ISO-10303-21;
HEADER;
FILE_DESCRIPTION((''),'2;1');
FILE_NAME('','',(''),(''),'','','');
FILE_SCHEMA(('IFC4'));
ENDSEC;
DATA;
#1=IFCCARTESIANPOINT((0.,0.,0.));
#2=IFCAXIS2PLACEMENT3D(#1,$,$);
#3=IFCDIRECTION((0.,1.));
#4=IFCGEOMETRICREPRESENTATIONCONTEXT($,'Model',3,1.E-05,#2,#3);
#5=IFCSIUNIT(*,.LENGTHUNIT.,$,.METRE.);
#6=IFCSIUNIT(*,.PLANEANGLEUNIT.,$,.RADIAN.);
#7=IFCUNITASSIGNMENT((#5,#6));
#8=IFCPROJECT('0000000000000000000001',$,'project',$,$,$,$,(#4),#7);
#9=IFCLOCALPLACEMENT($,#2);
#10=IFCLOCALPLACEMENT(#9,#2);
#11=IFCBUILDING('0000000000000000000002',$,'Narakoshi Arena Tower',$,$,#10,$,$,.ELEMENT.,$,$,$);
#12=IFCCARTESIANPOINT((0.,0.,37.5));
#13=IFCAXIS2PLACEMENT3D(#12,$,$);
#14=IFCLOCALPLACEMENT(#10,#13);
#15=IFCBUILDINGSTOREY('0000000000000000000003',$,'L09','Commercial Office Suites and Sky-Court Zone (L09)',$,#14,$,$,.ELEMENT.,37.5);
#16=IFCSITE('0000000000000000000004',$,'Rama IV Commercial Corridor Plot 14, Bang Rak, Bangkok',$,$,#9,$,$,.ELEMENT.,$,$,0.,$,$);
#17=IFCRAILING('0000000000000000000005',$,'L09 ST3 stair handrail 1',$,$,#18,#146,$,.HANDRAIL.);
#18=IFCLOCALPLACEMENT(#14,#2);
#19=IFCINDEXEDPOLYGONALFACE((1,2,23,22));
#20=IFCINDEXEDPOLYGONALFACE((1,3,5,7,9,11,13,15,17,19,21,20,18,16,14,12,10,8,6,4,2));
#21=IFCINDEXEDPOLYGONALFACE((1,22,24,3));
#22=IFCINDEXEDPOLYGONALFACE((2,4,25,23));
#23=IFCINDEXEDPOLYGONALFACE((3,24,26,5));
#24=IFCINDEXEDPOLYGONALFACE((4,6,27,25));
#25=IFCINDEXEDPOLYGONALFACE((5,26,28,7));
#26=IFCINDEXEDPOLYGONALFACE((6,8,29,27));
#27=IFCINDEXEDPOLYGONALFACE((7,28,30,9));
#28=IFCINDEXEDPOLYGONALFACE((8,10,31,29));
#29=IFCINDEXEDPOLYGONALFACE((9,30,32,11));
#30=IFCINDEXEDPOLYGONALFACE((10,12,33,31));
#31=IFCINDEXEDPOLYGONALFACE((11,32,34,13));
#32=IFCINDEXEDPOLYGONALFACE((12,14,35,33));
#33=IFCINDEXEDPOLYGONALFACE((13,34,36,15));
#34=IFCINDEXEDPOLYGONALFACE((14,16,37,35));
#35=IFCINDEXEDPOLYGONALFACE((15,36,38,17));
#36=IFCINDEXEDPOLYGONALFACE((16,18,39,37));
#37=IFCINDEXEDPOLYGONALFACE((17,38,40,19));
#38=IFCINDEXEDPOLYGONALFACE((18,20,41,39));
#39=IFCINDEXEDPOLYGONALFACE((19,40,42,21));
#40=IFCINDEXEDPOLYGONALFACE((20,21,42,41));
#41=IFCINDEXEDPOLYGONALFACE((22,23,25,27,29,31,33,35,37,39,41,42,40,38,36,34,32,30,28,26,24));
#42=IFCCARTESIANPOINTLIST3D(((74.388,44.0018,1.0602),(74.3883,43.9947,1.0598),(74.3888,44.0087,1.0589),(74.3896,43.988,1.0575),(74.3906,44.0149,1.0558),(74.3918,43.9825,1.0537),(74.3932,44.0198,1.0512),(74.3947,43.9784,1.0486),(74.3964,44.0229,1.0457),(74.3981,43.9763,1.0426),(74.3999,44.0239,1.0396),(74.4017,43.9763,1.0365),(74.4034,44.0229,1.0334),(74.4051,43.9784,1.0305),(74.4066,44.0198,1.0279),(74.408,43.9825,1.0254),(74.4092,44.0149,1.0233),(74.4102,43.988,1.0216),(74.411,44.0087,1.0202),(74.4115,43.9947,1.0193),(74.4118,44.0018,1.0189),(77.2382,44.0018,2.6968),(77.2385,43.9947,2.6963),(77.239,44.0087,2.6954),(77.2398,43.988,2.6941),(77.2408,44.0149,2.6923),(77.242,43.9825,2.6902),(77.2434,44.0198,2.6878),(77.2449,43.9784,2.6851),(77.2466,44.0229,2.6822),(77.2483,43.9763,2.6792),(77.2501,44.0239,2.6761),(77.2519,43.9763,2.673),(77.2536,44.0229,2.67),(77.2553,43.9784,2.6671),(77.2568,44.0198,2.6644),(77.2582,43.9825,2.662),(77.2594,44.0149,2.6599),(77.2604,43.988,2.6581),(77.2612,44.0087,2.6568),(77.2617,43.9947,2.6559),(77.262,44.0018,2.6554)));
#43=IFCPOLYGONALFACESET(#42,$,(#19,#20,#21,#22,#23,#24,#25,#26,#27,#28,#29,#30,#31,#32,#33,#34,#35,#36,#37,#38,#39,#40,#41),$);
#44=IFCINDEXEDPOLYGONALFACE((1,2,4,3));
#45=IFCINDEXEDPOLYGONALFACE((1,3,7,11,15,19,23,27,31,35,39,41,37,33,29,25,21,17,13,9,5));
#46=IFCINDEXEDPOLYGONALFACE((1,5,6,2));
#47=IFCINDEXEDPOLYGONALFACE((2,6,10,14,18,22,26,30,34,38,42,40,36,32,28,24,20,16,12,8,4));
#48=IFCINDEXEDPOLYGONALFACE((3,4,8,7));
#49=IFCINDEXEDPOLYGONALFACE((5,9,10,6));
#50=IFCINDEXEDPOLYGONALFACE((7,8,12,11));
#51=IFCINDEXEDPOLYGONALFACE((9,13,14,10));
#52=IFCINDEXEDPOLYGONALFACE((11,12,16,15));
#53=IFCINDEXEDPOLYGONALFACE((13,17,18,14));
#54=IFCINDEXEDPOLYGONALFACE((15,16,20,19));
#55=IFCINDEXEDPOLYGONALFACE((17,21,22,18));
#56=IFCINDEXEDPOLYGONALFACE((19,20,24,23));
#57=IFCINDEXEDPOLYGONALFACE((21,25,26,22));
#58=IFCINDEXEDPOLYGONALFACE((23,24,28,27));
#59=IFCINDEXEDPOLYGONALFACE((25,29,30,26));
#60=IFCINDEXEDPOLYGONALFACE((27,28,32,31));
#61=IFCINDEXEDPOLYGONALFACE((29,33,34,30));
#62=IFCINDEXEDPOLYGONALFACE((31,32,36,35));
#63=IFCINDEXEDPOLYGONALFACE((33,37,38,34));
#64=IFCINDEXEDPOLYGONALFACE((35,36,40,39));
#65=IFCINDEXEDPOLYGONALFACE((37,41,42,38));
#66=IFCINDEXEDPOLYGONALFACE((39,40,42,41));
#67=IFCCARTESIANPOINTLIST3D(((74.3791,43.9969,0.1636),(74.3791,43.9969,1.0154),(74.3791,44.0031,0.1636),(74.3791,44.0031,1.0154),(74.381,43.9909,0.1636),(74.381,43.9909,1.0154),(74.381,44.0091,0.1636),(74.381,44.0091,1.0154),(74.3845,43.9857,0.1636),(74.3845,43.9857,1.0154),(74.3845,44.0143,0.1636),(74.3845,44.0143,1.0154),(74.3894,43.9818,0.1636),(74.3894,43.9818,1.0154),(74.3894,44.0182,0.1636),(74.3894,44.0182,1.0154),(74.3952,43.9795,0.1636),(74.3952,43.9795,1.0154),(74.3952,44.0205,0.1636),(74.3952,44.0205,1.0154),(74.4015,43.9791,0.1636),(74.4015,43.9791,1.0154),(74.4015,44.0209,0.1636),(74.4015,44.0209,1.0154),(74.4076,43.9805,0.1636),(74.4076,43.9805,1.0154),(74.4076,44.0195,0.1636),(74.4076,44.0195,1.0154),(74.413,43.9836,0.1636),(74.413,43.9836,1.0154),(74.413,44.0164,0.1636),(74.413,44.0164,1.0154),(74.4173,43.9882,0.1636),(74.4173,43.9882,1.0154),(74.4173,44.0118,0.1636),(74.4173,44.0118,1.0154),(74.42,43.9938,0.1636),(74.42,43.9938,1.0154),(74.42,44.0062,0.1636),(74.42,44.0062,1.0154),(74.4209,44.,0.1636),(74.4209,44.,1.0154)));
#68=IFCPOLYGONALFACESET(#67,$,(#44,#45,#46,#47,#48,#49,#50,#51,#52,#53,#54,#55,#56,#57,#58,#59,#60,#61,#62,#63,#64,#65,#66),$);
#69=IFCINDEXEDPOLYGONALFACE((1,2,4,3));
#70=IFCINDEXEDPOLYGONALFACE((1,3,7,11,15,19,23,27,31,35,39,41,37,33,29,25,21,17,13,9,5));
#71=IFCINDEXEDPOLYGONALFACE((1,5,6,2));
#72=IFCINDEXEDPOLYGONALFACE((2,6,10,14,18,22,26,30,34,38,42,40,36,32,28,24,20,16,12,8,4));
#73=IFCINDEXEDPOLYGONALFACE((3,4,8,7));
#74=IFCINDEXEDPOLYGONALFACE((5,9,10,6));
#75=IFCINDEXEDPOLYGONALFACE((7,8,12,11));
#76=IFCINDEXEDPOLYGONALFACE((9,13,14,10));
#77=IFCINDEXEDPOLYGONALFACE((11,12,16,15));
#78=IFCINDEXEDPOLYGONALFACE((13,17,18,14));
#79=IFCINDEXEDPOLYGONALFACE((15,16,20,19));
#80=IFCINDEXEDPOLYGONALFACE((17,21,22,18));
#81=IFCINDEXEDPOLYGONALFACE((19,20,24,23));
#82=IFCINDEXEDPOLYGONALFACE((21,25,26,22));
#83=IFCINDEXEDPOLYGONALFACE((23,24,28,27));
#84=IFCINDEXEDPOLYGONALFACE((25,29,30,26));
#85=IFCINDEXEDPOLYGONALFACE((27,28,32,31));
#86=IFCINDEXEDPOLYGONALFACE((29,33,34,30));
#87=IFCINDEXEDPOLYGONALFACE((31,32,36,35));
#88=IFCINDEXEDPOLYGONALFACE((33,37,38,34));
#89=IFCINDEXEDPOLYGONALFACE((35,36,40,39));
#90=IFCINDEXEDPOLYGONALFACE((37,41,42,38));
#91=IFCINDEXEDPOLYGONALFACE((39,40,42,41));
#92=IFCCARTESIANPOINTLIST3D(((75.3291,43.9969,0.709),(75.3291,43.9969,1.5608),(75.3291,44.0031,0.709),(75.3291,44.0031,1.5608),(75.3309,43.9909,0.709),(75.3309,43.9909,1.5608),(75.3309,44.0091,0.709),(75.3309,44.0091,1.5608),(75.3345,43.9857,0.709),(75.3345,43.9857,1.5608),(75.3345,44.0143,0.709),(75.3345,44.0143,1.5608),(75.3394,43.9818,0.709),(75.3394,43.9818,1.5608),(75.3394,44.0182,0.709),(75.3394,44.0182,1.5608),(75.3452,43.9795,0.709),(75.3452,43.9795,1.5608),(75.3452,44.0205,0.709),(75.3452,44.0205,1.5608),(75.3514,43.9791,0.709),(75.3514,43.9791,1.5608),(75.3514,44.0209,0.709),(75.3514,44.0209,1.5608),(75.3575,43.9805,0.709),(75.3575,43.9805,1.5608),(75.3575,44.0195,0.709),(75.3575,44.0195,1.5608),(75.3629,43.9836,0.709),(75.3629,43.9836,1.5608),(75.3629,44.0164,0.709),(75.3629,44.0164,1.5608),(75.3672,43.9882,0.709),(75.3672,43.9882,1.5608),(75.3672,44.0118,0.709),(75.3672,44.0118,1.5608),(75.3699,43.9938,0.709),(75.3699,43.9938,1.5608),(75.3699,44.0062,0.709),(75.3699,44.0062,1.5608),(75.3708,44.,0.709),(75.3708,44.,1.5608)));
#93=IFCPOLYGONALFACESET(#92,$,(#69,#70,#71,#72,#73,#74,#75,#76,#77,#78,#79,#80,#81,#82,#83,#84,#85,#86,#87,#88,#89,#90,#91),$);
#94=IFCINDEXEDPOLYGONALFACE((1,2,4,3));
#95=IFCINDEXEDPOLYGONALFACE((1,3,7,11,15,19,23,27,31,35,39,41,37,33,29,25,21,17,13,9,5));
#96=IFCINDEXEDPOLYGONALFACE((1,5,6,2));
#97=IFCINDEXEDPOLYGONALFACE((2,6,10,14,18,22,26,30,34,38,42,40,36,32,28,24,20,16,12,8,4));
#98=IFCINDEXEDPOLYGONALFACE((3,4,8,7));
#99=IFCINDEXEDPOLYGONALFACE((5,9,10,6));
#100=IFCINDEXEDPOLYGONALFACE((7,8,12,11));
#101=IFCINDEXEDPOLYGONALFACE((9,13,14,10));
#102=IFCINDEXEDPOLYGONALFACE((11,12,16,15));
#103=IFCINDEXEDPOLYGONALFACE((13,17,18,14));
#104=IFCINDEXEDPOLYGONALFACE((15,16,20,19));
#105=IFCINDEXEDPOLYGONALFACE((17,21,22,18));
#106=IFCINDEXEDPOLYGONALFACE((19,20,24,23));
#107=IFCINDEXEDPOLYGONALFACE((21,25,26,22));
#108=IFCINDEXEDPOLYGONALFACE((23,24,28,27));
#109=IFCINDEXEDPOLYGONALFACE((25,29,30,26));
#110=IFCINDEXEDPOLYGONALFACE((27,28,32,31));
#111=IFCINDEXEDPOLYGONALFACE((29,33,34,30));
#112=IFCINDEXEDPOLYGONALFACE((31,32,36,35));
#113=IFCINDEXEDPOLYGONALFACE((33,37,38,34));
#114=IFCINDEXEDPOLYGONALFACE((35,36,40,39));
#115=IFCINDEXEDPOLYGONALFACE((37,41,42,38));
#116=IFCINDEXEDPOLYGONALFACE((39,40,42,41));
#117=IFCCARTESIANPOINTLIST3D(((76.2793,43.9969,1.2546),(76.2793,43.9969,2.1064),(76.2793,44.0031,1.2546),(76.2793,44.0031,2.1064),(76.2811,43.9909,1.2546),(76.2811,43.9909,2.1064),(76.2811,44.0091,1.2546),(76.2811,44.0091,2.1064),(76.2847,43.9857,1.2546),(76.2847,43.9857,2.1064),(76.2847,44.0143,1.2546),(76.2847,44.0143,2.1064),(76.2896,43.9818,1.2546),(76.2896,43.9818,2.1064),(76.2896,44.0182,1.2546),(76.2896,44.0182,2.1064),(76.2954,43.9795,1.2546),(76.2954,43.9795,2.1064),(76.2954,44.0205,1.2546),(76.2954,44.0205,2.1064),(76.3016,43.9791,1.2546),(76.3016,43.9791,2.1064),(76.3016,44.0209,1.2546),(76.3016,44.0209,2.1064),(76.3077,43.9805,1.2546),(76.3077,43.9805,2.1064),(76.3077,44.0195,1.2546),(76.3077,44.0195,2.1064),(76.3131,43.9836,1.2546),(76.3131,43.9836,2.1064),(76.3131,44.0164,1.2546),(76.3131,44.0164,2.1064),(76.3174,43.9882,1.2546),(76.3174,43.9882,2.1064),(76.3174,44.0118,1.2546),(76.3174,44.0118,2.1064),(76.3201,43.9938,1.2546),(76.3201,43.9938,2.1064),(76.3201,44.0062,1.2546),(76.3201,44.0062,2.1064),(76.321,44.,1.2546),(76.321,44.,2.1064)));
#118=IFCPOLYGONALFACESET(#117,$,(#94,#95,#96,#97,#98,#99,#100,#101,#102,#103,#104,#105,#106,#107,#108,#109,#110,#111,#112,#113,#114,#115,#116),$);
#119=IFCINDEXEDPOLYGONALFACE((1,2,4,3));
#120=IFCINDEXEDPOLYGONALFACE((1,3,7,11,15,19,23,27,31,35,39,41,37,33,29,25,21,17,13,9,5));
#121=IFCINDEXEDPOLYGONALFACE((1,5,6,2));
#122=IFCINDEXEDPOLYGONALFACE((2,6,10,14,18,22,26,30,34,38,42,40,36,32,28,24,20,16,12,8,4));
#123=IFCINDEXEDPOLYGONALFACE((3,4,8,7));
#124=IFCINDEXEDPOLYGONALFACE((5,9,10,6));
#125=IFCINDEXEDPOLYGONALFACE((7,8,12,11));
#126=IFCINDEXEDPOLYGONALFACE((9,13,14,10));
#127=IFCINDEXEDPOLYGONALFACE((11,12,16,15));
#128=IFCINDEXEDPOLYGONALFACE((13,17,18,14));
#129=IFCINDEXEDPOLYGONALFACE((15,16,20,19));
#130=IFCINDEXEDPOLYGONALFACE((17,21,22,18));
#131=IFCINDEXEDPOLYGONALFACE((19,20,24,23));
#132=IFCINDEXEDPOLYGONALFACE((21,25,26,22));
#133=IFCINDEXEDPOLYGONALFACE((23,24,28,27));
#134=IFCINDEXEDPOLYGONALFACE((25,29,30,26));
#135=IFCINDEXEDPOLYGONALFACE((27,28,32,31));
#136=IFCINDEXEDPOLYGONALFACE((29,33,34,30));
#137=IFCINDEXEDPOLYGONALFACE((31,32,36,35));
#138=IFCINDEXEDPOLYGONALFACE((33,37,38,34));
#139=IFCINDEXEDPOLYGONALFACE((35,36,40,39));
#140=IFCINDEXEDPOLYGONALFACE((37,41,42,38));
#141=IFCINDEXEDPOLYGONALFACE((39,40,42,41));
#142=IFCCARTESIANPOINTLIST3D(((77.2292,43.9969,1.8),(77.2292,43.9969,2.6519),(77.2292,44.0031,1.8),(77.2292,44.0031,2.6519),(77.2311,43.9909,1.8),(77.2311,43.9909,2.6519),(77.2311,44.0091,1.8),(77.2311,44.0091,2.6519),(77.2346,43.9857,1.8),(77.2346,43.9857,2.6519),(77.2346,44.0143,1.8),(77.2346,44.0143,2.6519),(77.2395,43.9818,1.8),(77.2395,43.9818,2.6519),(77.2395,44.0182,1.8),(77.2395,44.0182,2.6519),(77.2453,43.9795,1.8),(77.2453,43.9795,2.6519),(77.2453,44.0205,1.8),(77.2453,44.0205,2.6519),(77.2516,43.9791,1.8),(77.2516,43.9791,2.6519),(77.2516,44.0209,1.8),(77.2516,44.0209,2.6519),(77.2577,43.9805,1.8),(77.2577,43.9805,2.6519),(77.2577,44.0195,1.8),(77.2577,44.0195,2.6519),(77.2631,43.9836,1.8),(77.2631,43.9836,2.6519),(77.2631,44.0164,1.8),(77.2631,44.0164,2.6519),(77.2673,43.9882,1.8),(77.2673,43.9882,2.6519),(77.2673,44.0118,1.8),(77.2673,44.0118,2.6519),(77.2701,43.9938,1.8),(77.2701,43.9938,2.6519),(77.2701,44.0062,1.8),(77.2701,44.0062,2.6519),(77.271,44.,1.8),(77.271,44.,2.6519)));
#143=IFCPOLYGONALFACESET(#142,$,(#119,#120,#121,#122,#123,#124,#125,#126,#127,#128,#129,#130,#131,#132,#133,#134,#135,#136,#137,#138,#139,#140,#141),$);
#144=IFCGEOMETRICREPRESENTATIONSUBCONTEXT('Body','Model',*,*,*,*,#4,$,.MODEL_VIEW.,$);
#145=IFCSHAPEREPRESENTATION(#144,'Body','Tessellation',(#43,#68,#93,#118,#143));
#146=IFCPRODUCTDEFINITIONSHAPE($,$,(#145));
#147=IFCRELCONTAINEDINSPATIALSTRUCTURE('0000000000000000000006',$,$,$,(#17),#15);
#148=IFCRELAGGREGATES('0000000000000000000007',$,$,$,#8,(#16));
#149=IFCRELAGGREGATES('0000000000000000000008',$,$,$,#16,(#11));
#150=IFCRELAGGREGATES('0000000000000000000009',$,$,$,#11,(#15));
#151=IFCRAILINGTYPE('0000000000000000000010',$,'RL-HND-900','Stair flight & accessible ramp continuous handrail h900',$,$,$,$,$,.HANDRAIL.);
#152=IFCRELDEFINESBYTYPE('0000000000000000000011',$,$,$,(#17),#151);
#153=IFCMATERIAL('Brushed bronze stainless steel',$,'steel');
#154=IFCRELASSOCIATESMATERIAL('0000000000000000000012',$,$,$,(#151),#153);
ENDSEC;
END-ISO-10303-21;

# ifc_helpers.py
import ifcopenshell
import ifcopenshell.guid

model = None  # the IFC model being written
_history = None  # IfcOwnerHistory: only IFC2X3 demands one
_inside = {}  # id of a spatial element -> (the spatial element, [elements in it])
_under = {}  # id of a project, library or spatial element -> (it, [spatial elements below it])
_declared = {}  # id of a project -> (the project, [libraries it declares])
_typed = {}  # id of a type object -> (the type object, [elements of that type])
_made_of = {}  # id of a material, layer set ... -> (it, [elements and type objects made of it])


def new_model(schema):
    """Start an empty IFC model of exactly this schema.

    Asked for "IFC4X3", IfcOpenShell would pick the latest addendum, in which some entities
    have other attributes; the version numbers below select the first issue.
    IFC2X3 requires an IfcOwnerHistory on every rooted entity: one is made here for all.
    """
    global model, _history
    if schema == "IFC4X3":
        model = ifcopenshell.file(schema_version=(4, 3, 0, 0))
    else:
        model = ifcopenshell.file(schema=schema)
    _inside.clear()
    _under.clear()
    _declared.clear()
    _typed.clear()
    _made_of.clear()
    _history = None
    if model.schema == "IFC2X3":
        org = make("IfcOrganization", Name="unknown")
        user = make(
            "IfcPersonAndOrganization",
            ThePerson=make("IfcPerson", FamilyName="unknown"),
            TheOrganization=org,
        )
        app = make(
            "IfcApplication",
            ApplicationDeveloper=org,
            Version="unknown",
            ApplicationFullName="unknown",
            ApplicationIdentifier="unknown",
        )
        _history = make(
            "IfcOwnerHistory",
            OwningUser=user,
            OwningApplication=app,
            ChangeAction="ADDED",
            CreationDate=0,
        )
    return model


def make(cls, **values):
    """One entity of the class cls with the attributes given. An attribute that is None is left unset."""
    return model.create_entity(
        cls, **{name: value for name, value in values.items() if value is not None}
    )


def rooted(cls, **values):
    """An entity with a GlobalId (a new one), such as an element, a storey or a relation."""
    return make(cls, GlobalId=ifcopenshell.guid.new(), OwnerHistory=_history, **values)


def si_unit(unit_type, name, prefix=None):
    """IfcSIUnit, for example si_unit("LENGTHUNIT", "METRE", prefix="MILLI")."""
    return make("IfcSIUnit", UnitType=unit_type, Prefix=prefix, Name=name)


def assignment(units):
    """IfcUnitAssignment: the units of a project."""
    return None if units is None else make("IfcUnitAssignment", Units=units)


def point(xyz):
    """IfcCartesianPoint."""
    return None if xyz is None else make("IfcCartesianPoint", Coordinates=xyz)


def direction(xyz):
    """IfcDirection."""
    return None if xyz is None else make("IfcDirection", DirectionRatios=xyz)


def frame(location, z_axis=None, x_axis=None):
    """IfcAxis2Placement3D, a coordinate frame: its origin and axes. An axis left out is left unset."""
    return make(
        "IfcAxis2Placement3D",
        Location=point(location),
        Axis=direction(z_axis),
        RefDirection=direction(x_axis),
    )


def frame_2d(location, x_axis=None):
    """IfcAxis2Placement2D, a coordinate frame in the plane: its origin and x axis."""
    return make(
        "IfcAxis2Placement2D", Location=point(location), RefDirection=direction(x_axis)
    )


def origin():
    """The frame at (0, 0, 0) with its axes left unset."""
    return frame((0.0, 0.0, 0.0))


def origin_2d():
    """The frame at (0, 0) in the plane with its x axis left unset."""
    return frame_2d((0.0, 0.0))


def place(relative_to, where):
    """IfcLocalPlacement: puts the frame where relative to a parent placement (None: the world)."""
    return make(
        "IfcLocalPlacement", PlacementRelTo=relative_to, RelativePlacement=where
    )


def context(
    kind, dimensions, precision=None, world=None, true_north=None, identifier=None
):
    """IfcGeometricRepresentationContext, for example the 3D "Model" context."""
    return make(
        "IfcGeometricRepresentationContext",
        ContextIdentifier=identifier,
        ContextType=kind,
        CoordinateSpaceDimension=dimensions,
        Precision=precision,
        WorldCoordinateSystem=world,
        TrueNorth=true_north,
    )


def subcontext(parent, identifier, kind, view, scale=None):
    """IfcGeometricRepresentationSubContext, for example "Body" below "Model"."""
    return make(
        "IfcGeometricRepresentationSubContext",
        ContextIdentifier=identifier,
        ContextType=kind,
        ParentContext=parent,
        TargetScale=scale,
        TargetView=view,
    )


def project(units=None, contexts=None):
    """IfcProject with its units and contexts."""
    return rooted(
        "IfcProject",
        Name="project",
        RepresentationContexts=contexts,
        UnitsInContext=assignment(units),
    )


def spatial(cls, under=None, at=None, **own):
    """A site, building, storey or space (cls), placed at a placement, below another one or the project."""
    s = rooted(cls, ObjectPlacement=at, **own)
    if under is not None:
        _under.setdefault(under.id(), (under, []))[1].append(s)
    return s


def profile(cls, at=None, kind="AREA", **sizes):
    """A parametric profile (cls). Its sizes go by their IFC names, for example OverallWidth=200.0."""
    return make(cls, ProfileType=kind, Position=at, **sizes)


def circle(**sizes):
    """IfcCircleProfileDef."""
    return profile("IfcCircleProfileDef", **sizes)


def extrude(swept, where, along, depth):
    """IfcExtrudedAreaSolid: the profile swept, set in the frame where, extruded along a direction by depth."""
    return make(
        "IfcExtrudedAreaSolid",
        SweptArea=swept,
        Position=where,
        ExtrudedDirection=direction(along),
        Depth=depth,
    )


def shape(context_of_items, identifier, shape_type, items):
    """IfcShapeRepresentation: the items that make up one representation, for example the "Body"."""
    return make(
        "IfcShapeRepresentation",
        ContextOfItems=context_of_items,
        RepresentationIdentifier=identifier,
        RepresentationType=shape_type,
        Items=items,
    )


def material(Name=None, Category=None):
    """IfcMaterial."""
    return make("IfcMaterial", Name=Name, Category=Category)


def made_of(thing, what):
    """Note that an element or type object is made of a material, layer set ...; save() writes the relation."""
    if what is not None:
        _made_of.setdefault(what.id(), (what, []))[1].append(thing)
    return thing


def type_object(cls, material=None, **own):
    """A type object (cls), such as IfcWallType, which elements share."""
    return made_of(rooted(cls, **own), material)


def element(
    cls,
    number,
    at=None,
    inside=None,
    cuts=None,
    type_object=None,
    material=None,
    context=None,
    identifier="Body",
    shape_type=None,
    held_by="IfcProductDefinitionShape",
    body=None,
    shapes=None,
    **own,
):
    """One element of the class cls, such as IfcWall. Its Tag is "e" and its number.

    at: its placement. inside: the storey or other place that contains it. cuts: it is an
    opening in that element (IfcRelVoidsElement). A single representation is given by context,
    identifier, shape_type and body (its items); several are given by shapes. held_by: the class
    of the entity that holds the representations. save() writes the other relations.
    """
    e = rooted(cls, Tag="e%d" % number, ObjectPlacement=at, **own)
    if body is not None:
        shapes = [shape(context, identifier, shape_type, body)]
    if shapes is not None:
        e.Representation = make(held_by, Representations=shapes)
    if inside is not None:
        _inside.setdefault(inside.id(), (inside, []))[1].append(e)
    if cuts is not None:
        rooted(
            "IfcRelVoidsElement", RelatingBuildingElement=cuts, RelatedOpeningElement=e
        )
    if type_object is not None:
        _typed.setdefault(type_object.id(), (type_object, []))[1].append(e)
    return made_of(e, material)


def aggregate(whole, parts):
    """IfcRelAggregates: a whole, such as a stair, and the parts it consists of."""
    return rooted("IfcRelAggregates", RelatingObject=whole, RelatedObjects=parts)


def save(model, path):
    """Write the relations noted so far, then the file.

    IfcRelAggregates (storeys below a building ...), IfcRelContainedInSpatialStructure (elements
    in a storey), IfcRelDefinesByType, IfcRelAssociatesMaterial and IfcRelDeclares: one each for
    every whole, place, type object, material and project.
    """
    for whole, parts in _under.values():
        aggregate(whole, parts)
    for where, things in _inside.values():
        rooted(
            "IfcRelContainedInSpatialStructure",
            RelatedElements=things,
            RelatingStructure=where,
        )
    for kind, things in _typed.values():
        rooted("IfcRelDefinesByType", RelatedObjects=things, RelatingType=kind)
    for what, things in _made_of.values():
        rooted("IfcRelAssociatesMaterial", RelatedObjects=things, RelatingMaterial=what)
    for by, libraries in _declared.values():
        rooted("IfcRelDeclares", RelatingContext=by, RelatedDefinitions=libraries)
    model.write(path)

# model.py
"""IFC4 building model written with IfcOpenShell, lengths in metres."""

from ifc_helpers import new_model, si_unit, direction, frame, origin, origin_2d, place, context, subcontext, project, spatial, circle, extrude, material, type_object, element, save


model = new_model("IFC4")

# Units and contexts
model_context = context("Model", 3, precision=1e-05, world=origin(), true_north=direction((0.0, 1.0)))
body_context = subcontext(model_context, "Body", "Model", "MODEL_VIEW")
ifc_project = project(units=[si_unit("LENGTHUNIT", "METRE"), si_unit("PLANEANGLEUNIT", "RADIAN")], contexts=[model_context])

# Site, building, storey
site_placement = place(None, origin())
site = spatial("IfcSite", under=ifc_project, at=site_placement, Name="Rama IV Commercial Corridor Plot 14, Bang Rak, Bangkok", CompositionType="ELEMENT", RefElevation=0.0)
building_placement = place(site_placement, origin())
building = spatial("IfcBuilding", under=site, at=building_placement, Name="Narakoshi Arena Tower", CompositionType="ELEMENT")
storey_placement = place(building_placement, frame((0.0, 0.0, 37.5)))
storey = spatial("IfcBuildingStorey", under=building, at=storey_placement, Name="L09", Description="Commercial Office Suites and Sky-Court Zone (L09)", CompositionType="ELEMENT", Elevation=37.5)

# Shared definitions
ifc_material_1 = material(Name="Brushed bronze stainless steel", Category="steel")

# Railing
railing_type_1 = type_object("IfcRailingType", Name="RL-HND-900", Description="Stair flight & accessible ramp continuous handrail h900", PredefinedType="HANDRAIL", material=ifc_material_1)
for number, where, name in (
    (1, (74.3999, 44.0, 0.1636), "L09 ST3 stair handrail 1"),
):
    element("IfcRailing", number, at=place(storey_placement, frame(where)), inside=storey, type_object=railing_type_1, Name=name, PredefinedType="HANDRAIL", context=body_context, shape_type="SweptSolid", body=[
        extrude(circle(Radius=0.0239, at=origin_2d()), frame((0.0, 0.0, 0.876), z_axis=(0.867213, 0.0, 0.497938), x_axis=(0.0, 1.0, 0.0)), (0.0, 0.0, 1.0), 3.2866),
        extrude(circle(Radius=0.021, at=origin_2d()), origin(), (0.0, 0.0, 1.0), 0.8518),
        extrude(circle(Radius=0.021, at=origin_2d()), frame((0.95, 0.0, 0.5454)), (0.0, 0.0, 1.0), 0.8518),
        extrude(circle(Radius=0.021, at=origin_2d()), frame((1.9001, 0.0, 1.0911)), (0.0, 0.0, 1.0), 0.8518),
        extrude(circle(Radius=0.021, at=origin_2d()), frame((2.8501, 0.0, 1.6365)), (0.0, 0.0, 1.0), 0.8518),
    ])

save(model, "model.ifc")
